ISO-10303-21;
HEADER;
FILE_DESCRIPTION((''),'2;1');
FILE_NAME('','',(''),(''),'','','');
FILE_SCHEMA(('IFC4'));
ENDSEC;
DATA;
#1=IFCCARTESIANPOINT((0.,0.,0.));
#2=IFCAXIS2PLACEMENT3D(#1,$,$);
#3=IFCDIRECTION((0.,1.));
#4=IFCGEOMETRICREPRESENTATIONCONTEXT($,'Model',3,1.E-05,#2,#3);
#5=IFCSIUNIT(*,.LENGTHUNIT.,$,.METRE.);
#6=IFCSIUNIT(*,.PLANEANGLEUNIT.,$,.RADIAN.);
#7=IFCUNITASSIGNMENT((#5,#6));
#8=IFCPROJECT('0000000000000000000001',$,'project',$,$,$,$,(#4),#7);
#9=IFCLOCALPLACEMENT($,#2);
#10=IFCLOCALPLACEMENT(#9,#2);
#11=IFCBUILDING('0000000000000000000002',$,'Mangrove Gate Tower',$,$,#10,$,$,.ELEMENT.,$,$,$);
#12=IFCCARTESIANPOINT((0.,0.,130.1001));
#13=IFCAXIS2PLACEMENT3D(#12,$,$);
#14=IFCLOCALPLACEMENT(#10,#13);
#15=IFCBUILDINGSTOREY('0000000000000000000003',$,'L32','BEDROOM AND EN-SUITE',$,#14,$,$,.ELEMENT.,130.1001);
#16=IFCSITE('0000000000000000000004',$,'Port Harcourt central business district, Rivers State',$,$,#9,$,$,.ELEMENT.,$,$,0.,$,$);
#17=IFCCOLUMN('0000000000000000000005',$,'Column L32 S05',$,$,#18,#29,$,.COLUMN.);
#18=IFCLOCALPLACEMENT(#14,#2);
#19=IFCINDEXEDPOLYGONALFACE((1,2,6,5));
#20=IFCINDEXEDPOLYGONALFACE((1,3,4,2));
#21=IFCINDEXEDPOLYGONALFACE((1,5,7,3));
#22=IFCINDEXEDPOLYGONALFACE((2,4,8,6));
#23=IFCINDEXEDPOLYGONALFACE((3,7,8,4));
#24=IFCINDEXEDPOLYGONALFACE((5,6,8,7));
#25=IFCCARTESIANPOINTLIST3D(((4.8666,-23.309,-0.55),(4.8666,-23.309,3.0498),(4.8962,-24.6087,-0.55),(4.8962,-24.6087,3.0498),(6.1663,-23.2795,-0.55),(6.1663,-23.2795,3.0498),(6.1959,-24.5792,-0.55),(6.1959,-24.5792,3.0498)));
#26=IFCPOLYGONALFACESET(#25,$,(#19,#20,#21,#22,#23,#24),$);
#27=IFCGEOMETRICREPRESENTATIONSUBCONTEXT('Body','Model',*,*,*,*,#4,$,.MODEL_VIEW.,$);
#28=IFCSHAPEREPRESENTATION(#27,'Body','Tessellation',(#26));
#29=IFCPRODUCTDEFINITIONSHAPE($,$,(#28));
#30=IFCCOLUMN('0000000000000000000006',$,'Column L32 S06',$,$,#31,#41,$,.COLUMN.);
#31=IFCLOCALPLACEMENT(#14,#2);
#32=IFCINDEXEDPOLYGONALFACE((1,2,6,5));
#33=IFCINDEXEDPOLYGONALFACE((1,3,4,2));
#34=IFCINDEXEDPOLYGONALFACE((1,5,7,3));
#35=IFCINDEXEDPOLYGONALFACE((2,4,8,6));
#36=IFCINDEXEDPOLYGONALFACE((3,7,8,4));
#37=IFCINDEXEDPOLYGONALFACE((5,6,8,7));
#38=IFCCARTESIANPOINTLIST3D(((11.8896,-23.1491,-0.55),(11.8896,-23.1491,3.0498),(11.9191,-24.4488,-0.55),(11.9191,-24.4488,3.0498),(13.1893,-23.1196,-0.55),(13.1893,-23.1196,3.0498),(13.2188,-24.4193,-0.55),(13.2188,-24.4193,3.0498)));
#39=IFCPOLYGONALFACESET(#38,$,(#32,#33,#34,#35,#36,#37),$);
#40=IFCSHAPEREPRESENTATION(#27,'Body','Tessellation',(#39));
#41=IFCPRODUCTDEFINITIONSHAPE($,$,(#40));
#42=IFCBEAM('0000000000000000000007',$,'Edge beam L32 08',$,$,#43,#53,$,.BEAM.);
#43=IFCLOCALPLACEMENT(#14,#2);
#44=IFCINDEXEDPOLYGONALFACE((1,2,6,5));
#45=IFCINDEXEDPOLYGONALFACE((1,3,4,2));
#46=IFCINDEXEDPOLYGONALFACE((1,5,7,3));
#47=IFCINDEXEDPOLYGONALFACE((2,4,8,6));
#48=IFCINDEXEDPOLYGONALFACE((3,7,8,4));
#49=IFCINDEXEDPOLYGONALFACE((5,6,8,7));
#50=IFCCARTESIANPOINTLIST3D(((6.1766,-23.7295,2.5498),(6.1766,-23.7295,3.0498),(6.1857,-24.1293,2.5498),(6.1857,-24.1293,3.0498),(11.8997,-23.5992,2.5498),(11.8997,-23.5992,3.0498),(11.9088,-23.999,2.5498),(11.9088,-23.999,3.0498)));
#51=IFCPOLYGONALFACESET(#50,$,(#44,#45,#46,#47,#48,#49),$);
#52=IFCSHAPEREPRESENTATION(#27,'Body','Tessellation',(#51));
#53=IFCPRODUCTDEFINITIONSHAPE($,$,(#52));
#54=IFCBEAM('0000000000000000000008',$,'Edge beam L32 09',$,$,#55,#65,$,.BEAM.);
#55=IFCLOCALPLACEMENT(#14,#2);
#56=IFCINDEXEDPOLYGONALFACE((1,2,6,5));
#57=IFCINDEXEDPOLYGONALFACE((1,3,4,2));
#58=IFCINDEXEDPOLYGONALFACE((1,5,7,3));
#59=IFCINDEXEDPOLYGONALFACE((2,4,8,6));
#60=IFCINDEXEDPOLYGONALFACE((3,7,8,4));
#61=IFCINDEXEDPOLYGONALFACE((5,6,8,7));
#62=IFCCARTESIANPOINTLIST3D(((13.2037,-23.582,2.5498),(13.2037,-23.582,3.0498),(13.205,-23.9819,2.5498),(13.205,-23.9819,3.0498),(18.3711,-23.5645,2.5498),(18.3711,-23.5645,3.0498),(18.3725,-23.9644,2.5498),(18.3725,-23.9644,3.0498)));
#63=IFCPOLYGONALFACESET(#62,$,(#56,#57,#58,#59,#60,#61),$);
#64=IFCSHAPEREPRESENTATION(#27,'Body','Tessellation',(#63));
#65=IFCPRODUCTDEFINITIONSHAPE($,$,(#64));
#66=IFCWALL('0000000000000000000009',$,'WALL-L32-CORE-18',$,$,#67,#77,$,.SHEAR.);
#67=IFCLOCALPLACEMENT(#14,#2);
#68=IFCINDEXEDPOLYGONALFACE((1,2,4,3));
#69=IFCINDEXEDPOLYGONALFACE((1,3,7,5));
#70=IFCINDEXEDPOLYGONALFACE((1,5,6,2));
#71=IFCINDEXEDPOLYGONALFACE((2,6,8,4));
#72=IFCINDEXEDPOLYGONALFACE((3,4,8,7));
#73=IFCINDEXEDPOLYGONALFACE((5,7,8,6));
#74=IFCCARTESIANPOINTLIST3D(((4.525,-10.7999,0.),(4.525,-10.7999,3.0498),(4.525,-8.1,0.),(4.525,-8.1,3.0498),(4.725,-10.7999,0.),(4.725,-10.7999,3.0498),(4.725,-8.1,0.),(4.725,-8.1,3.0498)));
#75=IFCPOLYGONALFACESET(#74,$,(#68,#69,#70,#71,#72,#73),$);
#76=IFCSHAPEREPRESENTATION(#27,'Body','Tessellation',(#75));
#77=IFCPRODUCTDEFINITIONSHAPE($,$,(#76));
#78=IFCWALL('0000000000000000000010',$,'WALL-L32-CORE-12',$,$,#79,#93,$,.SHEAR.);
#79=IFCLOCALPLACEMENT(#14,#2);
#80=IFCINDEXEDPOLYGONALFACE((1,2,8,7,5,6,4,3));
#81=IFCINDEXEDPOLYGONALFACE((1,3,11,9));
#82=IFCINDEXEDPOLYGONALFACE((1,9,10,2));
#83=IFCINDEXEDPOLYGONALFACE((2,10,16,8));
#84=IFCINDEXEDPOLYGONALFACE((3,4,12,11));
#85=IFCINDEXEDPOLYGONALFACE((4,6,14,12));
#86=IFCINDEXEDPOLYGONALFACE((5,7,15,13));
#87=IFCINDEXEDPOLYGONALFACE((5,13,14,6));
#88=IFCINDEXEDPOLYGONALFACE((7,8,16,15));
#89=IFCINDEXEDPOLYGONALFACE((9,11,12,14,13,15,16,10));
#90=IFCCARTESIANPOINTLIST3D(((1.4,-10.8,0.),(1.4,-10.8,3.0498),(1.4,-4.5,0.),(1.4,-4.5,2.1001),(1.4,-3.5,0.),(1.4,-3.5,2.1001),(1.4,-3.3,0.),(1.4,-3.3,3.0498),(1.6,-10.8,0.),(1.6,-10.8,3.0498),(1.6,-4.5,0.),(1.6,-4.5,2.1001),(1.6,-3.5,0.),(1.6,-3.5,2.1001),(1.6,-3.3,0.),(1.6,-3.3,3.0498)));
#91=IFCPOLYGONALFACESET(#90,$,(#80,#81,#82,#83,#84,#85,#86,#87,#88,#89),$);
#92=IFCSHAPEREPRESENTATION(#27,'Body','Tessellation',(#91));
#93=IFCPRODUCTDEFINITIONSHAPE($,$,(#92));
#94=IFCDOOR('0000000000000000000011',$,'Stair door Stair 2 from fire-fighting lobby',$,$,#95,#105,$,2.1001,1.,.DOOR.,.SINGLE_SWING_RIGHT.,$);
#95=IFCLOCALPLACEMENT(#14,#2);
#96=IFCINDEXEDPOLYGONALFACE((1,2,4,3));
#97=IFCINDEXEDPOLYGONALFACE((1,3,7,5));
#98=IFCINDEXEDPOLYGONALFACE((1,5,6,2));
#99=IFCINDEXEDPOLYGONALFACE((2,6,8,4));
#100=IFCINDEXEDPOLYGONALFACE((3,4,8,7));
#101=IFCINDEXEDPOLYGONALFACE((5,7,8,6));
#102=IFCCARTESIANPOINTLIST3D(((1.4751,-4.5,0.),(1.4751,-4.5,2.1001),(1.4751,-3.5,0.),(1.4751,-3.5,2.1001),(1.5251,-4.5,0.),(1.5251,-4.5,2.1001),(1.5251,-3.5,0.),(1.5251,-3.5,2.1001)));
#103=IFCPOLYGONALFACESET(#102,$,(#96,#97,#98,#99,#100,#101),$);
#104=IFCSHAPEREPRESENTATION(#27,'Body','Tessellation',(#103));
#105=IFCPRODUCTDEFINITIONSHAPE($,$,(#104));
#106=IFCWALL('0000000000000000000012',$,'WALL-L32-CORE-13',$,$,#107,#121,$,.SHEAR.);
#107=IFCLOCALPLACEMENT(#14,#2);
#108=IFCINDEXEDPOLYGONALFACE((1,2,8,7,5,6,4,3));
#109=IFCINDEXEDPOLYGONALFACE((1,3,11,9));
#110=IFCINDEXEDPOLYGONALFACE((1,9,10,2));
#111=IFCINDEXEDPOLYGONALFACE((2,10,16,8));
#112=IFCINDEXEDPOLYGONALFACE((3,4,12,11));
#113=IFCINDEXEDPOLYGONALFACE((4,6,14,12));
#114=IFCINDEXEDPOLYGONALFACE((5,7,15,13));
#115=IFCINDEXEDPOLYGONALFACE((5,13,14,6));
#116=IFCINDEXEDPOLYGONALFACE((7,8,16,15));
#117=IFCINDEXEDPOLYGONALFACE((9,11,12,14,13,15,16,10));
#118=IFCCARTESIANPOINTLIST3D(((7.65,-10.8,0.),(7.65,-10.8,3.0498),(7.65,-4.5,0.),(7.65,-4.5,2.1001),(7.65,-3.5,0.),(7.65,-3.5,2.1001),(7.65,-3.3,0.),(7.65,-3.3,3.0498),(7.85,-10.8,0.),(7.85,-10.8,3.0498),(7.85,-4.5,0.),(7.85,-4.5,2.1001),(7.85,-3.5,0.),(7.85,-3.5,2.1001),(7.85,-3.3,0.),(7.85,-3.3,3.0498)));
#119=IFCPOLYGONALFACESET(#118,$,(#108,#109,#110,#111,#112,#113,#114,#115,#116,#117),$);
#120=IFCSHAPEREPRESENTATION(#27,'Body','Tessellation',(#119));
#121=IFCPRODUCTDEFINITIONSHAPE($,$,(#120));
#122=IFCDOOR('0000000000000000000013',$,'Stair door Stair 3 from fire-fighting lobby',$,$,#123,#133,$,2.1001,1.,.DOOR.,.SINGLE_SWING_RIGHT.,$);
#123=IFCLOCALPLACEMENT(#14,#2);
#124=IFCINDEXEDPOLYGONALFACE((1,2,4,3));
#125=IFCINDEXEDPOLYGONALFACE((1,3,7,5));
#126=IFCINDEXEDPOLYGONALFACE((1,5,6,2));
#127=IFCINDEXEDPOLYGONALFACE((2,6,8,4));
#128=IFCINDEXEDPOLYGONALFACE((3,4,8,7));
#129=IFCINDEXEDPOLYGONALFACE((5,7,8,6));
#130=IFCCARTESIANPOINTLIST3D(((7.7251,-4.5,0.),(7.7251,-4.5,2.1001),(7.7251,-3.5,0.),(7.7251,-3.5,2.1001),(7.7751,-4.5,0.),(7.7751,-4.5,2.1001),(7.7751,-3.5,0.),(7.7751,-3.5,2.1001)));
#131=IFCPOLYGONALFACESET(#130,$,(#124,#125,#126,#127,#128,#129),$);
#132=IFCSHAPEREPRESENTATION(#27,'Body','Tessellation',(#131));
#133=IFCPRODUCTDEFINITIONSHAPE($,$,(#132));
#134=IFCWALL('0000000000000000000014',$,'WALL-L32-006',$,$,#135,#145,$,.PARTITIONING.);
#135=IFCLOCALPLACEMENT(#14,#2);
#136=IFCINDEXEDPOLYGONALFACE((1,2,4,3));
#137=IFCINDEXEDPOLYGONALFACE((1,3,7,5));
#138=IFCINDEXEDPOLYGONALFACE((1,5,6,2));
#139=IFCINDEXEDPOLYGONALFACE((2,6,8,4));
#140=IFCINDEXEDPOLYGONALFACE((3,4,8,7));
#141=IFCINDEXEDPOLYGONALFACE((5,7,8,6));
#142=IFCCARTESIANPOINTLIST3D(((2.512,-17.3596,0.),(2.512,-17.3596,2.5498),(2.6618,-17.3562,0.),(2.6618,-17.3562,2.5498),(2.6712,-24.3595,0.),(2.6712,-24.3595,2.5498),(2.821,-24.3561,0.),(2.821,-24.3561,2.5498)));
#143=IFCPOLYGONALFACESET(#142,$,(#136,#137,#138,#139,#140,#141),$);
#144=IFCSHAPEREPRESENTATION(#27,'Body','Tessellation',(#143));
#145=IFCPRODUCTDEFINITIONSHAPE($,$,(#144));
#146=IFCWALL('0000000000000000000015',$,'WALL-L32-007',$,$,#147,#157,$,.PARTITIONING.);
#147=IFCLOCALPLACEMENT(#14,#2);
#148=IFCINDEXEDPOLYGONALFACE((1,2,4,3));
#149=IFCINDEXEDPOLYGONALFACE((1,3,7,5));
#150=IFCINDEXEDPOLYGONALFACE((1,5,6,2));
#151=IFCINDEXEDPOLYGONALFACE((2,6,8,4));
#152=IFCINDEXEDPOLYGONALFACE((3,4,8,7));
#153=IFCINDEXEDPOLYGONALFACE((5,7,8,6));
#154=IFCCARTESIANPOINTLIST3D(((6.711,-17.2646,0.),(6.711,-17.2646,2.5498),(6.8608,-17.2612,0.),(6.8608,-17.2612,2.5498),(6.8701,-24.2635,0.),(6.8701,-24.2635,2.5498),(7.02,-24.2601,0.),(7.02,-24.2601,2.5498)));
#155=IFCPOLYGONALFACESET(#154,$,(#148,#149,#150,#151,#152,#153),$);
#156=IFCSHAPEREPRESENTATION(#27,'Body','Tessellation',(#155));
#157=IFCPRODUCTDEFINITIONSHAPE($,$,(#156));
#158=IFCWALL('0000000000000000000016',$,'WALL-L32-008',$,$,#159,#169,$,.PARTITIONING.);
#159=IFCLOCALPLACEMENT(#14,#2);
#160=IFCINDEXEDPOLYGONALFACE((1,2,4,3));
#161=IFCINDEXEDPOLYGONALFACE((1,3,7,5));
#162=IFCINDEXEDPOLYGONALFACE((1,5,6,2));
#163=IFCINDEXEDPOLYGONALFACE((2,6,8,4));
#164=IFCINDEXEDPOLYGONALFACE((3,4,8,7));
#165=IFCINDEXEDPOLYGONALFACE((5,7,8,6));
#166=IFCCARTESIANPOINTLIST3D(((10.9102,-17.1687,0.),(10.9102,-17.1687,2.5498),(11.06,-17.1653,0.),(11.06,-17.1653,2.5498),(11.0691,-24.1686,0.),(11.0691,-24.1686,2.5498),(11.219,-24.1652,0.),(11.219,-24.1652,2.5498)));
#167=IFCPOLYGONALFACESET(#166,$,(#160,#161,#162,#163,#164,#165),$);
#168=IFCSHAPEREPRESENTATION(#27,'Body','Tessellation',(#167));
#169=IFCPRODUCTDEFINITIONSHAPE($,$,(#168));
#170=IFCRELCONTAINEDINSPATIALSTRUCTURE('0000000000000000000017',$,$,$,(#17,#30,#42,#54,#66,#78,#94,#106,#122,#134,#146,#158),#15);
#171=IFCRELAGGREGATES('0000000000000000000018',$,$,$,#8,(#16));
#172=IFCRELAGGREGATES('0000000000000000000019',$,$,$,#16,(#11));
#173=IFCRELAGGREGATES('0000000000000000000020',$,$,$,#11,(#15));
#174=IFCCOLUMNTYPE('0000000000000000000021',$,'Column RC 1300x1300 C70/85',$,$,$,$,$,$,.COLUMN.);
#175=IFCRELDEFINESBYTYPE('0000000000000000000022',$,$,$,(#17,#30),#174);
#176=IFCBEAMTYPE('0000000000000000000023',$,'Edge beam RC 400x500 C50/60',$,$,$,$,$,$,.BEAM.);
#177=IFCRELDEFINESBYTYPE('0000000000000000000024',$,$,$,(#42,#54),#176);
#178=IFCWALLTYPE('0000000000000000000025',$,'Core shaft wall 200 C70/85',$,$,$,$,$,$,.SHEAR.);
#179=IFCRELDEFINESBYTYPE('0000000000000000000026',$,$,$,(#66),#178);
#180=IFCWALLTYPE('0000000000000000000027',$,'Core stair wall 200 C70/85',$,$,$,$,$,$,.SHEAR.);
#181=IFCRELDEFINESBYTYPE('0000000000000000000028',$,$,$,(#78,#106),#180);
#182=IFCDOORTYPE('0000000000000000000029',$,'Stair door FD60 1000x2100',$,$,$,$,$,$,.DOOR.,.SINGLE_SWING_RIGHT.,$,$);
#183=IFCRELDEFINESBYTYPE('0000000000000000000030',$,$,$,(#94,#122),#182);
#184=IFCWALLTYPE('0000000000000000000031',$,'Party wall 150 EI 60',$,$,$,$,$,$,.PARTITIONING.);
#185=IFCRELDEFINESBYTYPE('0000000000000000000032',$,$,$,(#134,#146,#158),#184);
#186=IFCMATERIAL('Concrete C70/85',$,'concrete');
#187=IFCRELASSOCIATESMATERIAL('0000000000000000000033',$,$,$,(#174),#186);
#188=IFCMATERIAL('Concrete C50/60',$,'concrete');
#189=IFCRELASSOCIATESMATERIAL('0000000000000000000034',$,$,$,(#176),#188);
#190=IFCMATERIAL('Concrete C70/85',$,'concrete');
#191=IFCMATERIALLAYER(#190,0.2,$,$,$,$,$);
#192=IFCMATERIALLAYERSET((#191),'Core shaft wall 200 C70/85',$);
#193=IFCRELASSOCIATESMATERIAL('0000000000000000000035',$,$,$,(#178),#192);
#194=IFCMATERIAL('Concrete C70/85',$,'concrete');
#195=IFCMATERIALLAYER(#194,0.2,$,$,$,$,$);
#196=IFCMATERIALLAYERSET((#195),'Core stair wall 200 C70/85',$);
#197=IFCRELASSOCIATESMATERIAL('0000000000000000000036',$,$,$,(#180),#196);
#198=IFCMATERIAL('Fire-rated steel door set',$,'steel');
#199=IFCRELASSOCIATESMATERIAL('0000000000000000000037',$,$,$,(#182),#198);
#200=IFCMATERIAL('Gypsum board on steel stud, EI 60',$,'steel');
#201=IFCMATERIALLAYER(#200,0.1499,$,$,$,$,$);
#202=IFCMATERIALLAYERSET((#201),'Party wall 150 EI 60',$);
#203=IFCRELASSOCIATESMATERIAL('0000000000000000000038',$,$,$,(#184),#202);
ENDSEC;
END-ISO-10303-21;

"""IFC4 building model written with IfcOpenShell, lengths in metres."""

from ifc_helpers import new_model, si_unit, direction, frame, frame_2d, origin, origin_2d, place, context, subcontext, project, spatial, rectangle, extrude, material, layer, layer_set, material_profile, profile_set, type_object, element, fill, save


model = new_model("IFC4")

# Units and contexts
model_context = context("Model", 3, precision=1e-05, world=origin(), true_north=direction((0.0, 1.0)))
body_context = subcontext(model_context, "Body", "Model", "MODEL_VIEW")
ifc_project = project(units=[si_unit("LENGTHUNIT", "METRE"), si_unit("PLANEANGLEUNIT", "RADIAN")], contexts=[model_context])

# Site, building, storey
site_placement = place(None, origin())
site = spatial("IfcSite", under=ifc_project, at=site_placement, Name="Port Harcourt central business district, Rivers State", CompositionType="ELEMENT", RefElevation=0.0)
building_placement = place(site_placement, origin())
building = spatial("IfcBuilding", under=site, at=building_placement, Name="Mangrove Gate Tower", CompositionType="ELEMENT")
storey_placement = place(building_placement, frame((0.0, 0.0, 130.1001)))
storey = spatial("IfcBuildingStorey", under=building, at=storey_placement, Name="L32", Description="BEDROOM AND EN-SUITE", CompositionType="ELEMENT", Elevation=130.1001)

# Columns
ifc_material_1 = material(Name="Concrete C70/85", Category="concrete")
ifc_material_profile_1 = material_profile(ifc_material_1, rectangle(XDim=1.3, YDim=1.3, at=origin_2d()))
ifc_profile_set_1 = profile_set([ifc_material_profile_1], Name="Concrete C70/85")
column_type = type_object("IfcColumnType", Name="Column RC 1300x1300 C70/85", PredefinedType="COLUMN", material=ifc_profile_set_1)
for number, where, z_axis, x_axis, name in (
    (1, (5.5312, -23.9441, -0.55), (0.0, 0.0, 1.0), (0.999742, 0.022707, 0.0), "Column L32 S05"),
    (2, (12.5542, -23.7842, -0.55), (0.0, 0.0, 1.0), (0.999742, 0.022707, 0.0), "Column L32 S06"),
):
    element("IfcColumn", number, at=place(storey_placement, frame(where, z_axis=z_axis, x_axis=x_axis)), inside=storey, type_object=column_type, Name=name, PredefinedType="COLUMN", context=body_context, shape_type="SweptSolid", body=[
        extrude(rectangle(XDim=1.3, YDim=1.3, at=origin_2d()), origin(), (0.0, 0.0, 1.0), 3.5999),
    ])

# Beams
ifc_material_2 = material(Name="Concrete C50/60", Category="concrete")
ifc_material_profile_2 = material_profile(ifc_material_2, rectangle(XDim=0.3999, YDim=0.5, at=origin_2d()))
ifc_profile_set_2 = profile_set([ifc_material_profile_2], Name="Concrete C50/60")
beam_type = type_object("IfcBeamType", Name="Edge beam RC 400x500 C50/60", PredefinedType="BEAM", material=ifc_profile_set_2)
beam_1_placement = place(storey_placement, frame((6.1812, -23.9294, 2.7998), z_axis=(0.999741, 0.022774, 0.0), x_axis=(-0.022774, 0.999741, 0.0)))
element("IfcBeam", 3, at=beam_1_placement, inside=storey, type_object=beam_type, Name="Edge beam L32 08", PredefinedType="BEAM", context=body_context, shape_type="SweptSolid", body=[
    extrude(rectangle(XDim=0.3999, YDim=0.5, at=origin_2d()), origin(), (0.0, 0.0, 1.0), 5.7246),
])
beam_2_placement = place(storey_placement, frame((13.2043, -23.782, 2.7998), z_axis=(0.999994, 0.003402, 0.0), x_axis=(-0.003402, 0.999994, 0.0)))
element("IfcBeam", 4, at=beam_2_placement, inside=storey, type_object=beam_type, Name="Edge beam L32 09", PredefinedType="BEAM", context=body_context, shape_type="SweptSolid", body=[
    extrude(rectangle(XDim=0.3999, YDim=0.5, at=origin_2d()), origin(), (0.0, 0.0, 1.0), 5.1675),
])

# Wall
ifc_material_3 = material(Name="Concrete C70/85", Category="concrete")
ifc_layer_1 = layer(ifc_material_3, 0.2)
ifc_layer_set_1 = layer_set([ifc_layer_1], Name="Core shaft wall 200 C70/85")
wall_type_1 = type_object("IfcWallType", Name="Core shaft wall 200 C70/85", PredefinedType="SHEAR", material=ifc_layer_set_1)
wall_1_placement = place(storey_placement, frame((4.625, -10.8, 0.0), z_axis=(0.0, 0.0, 1.0), x_axis=(0.0, 1.0, 0.0)))
element("IfcWall", 5, at=wall_1_placement, inside=storey, type_object=wall_type_1, Name="WALL-L32-CORE-18", PredefinedType="SHEAR", context=body_context, shape_type="SweptSolid", body=[
    extrude(rectangle(XDim=2.7, YDim=0.2, at=frame_2d((1.3501, 0.0))), origin(), (0.0, 0.0, 1.0), 3.0498),
])

# Walls, openings, doors
ifc_material_4 = material(Name="Concrete C70/85", Category="concrete")
ifc_layer_2 = layer(ifc_material_4, 0.2)
ifc_layer_set_2 = layer_set([ifc_layer_2], Name="Core stair wall 200 C70/85")
wall_type_2 = type_object("IfcWallType", Name="Core stair wall 200 C70/85", PredefinedType="SHEAR", material=ifc_layer_set_2)
wall_2_placement = place(storey_placement, frame((1.5, -10.8, 0.0), z_axis=(0.0, 0.0, 1.0), x_axis=(0.0, 1.0, 0.0)))
wall_2 = element("IfcWall", 6, at=wall_2_placement, inside=storey, type_object=wall_type_2, Name="WALL-L32-CORE-12", PredefinedType="SHEAR", context=body_context, shape_type="SweptSolid", body=[
    extrude(rectangle(XDim=7.5, YDim=0.2, at=frame_2d((3.75, 0.0))), origin(), (0.0, 0.0, 1.0), 3.0498),
])
opening_1_placement = place(wall_2_placement, frame((6.3, 0.0, 0.0)))
opening_1 = element("IfcOpeningElement", 7, at=opening_1_placement, cuts=wall_2, PredefinedType="OPENING", context=body_context, shape_type="SweptSolid", body=[
    extrude(rectangle(XDim=1.0, YDim=2.1001, at=frame_2d((0.5, 1.05))), frame((0.0, 0.1099, 0.0), z_axis=(0.0, -1.0, 0.0), x_axis=(1.0, 0.0, 0.0)), (0.0, 0.0, 1.0), 0.22),
])
ifc_material_5 = material(Name="Fire-rated steel door set", Category="steel")
door_type_1 = type_object("IfcDoorType", Name="Stair door FD60 1000x2100", OperationType="SINGLE_SWING_RIGHT", PredefinedType="DOOR", material=ifc_material_5)
door_1_placement = place(opening_1_placement, origin())
door_1 = element("IfcDoor", 8, at=door_1_placement, inside=storey, type_object=door_type_1, Name="Stair door Stair 2 from fire-fighting lobby", OperationType="SINGLE_SWING_RIGHT", OverallHeight=2.1001, OverallWidth=1.0, PredefinedType="DOOR", context=body_context, shape_type="SweptSolid", body=[
    extrude(rectangle(XDim=1.0, YDim=2.1001, at=frame_2d((0.5, 1.05))), frame((0.0, 0.0249, 0.0), z_axis=(0.0, -1.0, 0.0), x_axis=(1.0, 0.0, 0.0)), (0.0, 0.0, 1.0), 0.05),
])
fill(opening_1, door_1)
wall_3_placement = place(storey_placement, frame((7.75, -10.8, 0.0), z_axis=(0.0, 0.0, 1.0), x_axis=(0.0, 1.0, 0.0)))
wall_3 = element("IfcWall", 9, at=wall_3_placement, inside=storey, type_object=wall_type_2, Name="WALL-L32-CORE-13", PredefinedType="SHEAR", context=body_context, shape_type="SweptSolid", body=[
    extrude(rectangle(XDim=7.5, YDim=0.2, at=frame_2d((3.75, 0.0))), origin(), (0.0, 0.0, 1.0), 3.0498),
])
opening_2_placement = place(wall_3_placement, frame((6.3, 0.0, 0.0)))
opening_2 = element("IfcOpeningElement", 10, at=opening_2_placement, cuts=wall_3, PredefinedType="OPENING", context=body_context, shape_type="SweptSolid", body=[
    extrude(rectangle(XDim=1.0, YDim=2.1001, at=frame_2d((0.5, 1.05))), frame((0.0, 0.1099, 0.0), z_axis=(0.0, -1.0, 0.0), x_axis=(1.0, 0.0, 0.0)), (0.0, 0.0, 1.0), 0.22),
])
door_2_placement = place(opening_2_placement, origin())
door_2 = element("IfcDoor", 11, at=door_2_placement, inside=storey, type_object=door_type_1, Name="Stair door Stair 3 from fire-fighting lobby", OperationType="SINGLE_SWING_RIGHT", OverallHeight=2.1001, OverallWidth=1.0, PredefinedType="DOOR", context=body_context, shape_type="SweptSolid", body=[
    extrude(rectangle(XDim=1.0, YDim=2.1001, at=frame_2d((0.5, 1.05))), frame((0.0, 0.0249, 0.0), z_axis=(0.0, -1.0, 0.0), x_axis=(1.0, 0.0, 0.0)), (0.0, 0.0, 1.0), 0.05),
])
fill(opening_2, door_2)

# Walls
ifc_material_6 = material(Name="Gypsum board on steel stud, EI 60", Category="steel")
ifc_layer_3 = layer(ifc_material_6, 0.1499)
ifc_layer_set_3 = layer_set([ifc_layer_3], Name="Party wall 150 EI 60")
wall_type_3 = type_object("IfcWallType", Name="Party wall 150 EI 60", PredefinedType="PARTITIONING", material=ifc_layer_set_3)
wall_4_placement = place(storey_placement, frame((2.7461, -24.3579, 0.0), z_axis=(0.0, 0.0, 1.0), x_axis=(-0.022734, 0.999742, 0.0)))
element("IfcWall", 12, at=wall_4_placement, inside=storey, type_object=wall_type_3, Name="WALL-L32-006", PredefinedType="PARTITIONING", context=body_context, shape_type="SweptSolid", body=[
    extrude(rectangle(XDim=7.0017, YDim=0.1499, at=frame_2d((3.501, 0.0))), origin(), (0.0, 0.0, 1.0), 2.5498),
])
wall_5_placement = place(storey_placement, frame((6.9451, -24.262, 0.0), z_axis=(0.0, 0.0, 1.0), x_axis=(-0.022737, 0.999741, 0.0)))
element("IfcWall", 13, at=wall_5_placement, inside=storey, type_object=wall_type_3, Name="WALL-L32-007", PredefinedType="PARTITIONING", context=body_context, shape_type="SweptSolid", body=[
    extrude(rectangle(XDim=7.0007, YDim=0.1499, at=frame_2d((3.5005, 0.0))), origin(), (0.0, 0.0, 1.0), 2.5498),
])
wall_6_placement = place(storey_placement, frame((11.144, -24.167, 0.0), z_axis=(0.0, 0.0, 1.0), x_axis=(-0.022699, 0.999742, 0.0)))
element("IfcWall", 14, at=wall_6_placement, inside=storey, type_object=wall_type_3, Name="WALL-L32-008", PredefinedType="PARTITIONING", context=body_context, shape_type="SweptSolid", body=[
    extrude(rectangle(XDim=7.0017, YDim=0.1499, at=frame_2d((3.501, 0.0))), origin(), (0.0, 0.0, 1.0), 2.5498),
])

save(model, "model.ifc")
